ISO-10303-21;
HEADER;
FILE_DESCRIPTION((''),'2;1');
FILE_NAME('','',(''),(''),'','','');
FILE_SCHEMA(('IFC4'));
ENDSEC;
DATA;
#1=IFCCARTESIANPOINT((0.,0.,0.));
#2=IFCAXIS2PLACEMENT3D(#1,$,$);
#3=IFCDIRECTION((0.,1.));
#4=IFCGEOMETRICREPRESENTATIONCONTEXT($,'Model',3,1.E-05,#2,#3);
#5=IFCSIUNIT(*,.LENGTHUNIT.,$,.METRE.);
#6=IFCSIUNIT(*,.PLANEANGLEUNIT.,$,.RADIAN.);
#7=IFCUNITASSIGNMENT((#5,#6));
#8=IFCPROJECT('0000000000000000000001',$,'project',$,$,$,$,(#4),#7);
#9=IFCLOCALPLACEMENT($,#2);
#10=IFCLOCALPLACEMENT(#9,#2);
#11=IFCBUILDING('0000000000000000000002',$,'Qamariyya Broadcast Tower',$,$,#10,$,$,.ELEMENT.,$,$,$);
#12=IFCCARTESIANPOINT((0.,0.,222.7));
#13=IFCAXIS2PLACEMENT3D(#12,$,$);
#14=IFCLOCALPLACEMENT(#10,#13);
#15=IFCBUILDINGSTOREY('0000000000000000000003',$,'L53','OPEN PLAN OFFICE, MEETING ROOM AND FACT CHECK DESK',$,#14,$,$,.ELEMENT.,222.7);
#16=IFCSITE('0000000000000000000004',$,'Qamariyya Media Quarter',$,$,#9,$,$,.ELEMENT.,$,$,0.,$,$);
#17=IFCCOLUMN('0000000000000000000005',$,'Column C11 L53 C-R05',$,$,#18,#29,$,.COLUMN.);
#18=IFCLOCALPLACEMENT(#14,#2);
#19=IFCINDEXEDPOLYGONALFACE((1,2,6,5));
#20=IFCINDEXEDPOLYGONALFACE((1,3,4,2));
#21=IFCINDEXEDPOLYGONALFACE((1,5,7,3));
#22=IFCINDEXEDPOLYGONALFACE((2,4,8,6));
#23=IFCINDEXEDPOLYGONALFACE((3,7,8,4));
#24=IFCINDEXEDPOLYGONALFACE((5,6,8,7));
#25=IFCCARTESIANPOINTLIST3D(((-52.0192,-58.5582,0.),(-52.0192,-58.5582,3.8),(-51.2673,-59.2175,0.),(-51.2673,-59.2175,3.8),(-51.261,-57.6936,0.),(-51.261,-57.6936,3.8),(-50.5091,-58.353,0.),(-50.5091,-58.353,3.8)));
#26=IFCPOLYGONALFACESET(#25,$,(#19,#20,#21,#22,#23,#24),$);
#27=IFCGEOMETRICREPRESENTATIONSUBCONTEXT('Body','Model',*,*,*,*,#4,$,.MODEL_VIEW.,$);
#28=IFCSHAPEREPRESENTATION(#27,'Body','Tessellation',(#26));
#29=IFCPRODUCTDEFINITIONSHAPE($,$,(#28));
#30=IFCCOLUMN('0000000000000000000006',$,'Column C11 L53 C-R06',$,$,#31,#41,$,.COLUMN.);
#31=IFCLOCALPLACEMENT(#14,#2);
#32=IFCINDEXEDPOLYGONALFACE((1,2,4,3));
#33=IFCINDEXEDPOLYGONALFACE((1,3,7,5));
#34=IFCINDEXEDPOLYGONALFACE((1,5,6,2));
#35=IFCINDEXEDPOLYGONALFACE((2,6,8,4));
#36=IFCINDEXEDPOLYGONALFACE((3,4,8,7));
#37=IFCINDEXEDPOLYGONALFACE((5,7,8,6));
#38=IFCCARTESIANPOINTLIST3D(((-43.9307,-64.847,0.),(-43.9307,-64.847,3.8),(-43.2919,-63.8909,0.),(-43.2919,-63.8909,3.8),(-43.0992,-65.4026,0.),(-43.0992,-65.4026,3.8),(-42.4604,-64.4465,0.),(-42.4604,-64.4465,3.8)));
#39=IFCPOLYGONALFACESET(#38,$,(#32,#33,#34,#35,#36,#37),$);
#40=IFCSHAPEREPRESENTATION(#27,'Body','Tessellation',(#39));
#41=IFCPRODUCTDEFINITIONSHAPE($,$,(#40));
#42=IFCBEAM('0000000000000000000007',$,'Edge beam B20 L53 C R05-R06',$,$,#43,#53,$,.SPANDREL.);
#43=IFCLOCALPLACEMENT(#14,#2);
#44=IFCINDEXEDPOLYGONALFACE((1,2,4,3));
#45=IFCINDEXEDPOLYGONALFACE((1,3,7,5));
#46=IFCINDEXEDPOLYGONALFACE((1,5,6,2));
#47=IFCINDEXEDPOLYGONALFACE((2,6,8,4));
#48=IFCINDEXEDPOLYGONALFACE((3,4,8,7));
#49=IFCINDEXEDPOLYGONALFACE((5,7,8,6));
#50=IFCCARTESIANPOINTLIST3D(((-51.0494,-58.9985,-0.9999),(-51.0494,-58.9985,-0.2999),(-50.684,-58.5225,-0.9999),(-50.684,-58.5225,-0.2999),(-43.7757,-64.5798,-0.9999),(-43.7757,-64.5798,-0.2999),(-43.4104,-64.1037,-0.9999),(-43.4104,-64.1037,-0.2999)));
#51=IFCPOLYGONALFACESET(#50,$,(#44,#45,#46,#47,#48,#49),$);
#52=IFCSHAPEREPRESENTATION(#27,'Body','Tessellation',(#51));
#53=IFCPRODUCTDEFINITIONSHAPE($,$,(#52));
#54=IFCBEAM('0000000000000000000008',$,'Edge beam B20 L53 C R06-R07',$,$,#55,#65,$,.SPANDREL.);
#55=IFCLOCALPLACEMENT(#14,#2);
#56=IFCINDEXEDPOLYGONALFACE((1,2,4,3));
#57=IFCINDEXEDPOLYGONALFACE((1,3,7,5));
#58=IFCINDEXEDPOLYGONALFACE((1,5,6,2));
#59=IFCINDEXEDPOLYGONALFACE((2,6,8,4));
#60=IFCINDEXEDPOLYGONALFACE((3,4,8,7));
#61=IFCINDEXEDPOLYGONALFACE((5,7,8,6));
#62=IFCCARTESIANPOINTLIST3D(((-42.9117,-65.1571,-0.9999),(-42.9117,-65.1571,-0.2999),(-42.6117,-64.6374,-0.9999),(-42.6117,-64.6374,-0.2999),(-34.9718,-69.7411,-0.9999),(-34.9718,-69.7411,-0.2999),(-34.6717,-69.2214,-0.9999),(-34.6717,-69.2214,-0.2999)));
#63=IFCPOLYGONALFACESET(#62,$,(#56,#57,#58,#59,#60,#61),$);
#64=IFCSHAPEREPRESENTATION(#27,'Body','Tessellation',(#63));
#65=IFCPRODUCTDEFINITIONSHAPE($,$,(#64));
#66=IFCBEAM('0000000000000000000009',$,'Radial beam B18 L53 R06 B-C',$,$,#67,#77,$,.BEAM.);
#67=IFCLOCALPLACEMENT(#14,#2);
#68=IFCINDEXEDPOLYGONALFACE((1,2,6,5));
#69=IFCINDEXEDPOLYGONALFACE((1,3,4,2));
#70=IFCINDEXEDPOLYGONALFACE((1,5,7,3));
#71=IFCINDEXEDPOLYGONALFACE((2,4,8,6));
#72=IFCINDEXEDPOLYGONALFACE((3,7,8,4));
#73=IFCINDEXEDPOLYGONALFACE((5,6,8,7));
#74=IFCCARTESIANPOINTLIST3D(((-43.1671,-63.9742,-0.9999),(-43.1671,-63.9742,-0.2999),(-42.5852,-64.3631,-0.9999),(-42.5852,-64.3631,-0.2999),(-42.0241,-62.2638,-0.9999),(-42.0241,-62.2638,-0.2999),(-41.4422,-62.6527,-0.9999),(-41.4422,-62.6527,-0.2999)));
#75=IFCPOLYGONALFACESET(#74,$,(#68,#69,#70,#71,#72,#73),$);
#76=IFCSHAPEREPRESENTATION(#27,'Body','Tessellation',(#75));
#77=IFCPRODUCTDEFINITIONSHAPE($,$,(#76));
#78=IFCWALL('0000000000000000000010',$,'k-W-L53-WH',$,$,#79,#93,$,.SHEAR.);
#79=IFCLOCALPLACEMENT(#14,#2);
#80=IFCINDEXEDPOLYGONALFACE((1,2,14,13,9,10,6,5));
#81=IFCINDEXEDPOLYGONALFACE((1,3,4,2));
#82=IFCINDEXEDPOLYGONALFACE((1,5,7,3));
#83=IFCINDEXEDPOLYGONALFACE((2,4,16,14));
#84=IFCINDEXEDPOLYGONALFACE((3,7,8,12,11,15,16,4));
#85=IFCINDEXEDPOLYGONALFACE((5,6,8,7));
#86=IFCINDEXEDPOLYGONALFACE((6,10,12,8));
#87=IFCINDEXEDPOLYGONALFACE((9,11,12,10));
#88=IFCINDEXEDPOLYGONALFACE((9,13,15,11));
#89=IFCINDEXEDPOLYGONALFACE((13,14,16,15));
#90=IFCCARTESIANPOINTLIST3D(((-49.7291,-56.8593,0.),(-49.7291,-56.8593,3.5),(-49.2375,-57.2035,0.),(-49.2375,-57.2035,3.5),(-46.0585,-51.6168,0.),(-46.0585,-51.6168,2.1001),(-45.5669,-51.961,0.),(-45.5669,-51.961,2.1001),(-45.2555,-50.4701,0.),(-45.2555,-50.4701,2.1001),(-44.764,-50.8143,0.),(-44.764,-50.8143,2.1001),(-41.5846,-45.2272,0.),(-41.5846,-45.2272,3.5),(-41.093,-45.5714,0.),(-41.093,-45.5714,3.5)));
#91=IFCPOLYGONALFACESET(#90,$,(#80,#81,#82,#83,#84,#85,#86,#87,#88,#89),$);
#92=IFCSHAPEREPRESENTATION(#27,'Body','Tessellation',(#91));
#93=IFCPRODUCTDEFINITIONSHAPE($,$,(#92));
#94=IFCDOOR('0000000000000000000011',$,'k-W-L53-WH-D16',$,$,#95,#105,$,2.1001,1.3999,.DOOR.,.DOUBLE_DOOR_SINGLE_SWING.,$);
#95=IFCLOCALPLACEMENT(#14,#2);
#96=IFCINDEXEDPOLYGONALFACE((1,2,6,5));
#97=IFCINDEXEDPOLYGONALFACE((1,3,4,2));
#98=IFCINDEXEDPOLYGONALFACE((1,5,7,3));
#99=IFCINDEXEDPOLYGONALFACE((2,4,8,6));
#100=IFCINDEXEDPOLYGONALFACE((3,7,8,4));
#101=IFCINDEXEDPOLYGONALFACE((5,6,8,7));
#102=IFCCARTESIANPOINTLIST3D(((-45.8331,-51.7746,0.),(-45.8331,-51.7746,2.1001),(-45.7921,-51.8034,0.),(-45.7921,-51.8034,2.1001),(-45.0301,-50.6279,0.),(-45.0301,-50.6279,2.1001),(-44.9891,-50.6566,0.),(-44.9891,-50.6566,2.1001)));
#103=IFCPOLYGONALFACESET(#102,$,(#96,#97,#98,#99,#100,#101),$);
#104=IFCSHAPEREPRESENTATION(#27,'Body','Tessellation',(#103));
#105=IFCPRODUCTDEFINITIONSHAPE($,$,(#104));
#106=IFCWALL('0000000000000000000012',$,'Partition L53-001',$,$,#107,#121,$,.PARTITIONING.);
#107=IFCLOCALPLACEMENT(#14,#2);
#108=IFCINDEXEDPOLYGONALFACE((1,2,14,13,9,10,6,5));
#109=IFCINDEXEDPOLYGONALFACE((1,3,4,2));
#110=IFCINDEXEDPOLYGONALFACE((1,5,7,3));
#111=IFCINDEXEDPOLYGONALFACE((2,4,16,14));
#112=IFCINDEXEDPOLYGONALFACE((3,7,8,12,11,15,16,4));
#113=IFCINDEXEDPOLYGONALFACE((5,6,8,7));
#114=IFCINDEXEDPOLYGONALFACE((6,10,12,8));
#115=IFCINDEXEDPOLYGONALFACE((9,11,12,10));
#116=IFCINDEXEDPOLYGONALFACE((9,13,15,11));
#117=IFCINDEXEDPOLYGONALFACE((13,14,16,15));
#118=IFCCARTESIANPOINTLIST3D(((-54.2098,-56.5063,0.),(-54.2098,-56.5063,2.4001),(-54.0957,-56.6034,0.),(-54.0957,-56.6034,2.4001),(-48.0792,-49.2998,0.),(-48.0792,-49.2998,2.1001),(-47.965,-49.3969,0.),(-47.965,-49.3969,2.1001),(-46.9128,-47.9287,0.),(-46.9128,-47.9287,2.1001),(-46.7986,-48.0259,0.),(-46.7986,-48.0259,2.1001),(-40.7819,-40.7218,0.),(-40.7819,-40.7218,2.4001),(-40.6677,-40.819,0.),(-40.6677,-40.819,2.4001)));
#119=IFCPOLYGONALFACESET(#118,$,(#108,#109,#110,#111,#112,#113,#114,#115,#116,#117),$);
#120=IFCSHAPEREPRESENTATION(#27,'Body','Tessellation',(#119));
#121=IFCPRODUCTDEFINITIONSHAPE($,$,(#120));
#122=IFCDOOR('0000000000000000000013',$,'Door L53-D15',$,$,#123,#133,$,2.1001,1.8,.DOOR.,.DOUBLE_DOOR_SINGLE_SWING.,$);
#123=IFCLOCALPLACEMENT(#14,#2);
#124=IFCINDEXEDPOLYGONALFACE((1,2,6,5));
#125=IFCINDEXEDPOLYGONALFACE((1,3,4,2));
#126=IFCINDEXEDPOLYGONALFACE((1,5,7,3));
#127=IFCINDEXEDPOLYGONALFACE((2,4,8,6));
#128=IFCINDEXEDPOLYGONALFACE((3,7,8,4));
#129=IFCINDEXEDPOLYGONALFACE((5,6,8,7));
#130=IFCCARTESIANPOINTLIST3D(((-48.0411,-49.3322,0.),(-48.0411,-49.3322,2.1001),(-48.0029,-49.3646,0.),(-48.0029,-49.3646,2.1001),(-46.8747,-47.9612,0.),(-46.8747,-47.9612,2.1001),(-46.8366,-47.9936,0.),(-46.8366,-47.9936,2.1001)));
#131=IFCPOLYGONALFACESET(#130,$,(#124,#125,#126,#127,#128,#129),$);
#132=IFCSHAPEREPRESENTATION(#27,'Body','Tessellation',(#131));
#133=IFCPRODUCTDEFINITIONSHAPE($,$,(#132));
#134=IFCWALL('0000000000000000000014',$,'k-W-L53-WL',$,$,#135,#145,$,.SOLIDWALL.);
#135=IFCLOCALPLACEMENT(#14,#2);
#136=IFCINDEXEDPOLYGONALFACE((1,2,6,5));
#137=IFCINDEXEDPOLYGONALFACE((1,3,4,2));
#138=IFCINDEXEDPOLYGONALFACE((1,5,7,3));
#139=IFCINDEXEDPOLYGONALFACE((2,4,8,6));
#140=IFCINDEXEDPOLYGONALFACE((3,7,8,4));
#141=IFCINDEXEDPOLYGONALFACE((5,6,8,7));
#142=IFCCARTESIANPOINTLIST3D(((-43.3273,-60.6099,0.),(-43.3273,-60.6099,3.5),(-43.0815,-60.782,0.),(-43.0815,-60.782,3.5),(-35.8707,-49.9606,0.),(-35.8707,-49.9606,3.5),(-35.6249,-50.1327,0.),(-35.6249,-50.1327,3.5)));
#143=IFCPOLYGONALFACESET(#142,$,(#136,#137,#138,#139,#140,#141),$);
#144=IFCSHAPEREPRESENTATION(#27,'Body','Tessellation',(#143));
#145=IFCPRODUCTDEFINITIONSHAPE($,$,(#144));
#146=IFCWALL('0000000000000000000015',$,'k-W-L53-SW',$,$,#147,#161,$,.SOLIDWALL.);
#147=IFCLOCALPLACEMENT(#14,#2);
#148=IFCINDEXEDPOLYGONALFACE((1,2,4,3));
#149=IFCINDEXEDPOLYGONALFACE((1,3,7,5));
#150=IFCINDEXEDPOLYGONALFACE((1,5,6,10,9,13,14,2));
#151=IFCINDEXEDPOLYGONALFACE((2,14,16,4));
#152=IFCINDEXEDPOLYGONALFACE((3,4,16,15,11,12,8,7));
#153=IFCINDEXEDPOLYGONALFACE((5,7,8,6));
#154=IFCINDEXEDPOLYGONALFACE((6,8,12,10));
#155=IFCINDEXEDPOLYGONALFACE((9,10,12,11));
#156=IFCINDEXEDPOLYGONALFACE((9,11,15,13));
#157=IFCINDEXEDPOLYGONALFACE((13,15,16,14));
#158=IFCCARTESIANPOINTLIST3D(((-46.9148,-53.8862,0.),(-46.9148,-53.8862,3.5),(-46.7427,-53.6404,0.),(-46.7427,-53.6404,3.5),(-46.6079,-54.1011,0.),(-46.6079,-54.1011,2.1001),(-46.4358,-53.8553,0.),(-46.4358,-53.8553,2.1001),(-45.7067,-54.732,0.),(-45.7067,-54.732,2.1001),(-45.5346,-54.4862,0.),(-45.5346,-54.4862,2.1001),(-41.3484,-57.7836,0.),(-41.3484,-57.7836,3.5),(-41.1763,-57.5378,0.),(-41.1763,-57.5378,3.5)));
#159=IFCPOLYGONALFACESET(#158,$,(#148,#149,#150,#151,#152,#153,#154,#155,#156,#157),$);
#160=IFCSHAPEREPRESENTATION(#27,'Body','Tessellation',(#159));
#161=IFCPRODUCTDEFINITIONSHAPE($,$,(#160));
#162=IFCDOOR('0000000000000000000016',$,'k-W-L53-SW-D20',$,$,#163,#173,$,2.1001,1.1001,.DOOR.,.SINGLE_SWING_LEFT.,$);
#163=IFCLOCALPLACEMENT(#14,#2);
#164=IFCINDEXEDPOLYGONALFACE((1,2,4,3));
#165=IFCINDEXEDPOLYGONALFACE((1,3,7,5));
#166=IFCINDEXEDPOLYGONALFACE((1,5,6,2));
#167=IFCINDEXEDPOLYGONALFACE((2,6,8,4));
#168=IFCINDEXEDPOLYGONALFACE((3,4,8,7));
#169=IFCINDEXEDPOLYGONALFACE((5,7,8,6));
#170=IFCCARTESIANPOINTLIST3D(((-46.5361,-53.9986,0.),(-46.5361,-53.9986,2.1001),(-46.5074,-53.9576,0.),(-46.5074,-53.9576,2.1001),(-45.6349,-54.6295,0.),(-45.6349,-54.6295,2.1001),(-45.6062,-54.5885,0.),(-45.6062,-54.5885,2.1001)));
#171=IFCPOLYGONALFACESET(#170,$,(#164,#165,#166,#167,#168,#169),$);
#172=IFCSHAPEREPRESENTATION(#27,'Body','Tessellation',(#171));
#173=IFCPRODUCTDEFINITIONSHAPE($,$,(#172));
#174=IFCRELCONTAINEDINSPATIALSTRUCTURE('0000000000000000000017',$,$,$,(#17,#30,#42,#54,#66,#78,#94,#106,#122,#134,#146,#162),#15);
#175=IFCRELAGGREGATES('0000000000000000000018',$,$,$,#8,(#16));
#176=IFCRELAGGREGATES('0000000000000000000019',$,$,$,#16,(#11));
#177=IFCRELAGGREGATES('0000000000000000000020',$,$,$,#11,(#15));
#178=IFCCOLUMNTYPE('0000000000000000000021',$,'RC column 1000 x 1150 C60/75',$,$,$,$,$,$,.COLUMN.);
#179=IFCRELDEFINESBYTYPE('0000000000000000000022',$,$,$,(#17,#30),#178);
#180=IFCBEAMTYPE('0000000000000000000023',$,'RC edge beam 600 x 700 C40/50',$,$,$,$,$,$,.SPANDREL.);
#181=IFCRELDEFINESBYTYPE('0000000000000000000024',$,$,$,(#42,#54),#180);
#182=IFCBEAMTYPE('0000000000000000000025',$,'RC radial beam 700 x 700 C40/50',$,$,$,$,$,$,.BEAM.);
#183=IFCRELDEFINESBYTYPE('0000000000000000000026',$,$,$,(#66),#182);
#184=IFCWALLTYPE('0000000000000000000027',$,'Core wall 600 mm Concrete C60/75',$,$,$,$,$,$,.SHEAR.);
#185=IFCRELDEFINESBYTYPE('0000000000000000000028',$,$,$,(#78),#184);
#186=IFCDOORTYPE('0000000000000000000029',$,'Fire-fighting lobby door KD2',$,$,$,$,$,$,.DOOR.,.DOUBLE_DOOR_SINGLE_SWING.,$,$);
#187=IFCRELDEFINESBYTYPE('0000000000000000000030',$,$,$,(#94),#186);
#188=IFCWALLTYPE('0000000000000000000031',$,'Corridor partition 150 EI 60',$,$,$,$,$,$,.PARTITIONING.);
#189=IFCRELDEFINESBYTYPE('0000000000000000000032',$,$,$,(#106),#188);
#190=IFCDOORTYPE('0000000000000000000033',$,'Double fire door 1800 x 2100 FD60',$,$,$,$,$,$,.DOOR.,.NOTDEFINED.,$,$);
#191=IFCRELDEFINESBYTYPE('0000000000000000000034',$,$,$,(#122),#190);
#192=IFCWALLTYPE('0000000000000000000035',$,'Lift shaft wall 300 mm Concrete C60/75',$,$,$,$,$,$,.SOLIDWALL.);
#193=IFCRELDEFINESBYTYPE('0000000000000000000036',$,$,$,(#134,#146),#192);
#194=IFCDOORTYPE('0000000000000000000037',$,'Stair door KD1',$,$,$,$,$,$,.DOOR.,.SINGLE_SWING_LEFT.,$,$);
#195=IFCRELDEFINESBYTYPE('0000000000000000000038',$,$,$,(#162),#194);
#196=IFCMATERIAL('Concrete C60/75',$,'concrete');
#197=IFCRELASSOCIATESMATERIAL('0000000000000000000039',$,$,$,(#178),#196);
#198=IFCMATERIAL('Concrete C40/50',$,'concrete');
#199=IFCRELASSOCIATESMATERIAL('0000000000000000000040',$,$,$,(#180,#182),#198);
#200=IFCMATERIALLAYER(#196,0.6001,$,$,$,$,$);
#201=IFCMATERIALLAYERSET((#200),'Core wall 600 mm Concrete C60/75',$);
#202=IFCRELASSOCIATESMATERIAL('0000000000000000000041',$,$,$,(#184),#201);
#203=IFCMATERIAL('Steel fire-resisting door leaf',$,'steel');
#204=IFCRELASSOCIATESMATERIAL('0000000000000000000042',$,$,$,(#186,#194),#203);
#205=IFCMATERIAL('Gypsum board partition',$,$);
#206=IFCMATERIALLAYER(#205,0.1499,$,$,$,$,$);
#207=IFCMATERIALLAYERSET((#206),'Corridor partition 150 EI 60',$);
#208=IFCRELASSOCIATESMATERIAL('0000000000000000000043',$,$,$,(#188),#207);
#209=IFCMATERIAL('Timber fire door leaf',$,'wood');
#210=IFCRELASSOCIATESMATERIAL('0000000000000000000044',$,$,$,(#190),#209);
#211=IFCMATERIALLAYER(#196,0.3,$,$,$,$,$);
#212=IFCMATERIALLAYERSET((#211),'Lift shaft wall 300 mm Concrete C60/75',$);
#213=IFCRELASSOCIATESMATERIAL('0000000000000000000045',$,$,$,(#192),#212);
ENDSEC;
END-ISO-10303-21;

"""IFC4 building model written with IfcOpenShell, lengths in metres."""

from ifc_helpers import new_model, si_unit, direction, frame, frame_2d, origin, origin_2d, place, context, subcontext, project, spatial, rectangle, extrude, material, layer, layer_set, material_profile, profile_set, type_object, element, fill, save


model = new_model("IFC4")

# Units and contexts
model_context = context("Model", 3, precision=1e-05, world=origin(), true_north=direction((0.0, 1.0)))
body_context = subcontext(model_context, "Body", "Model", "MODEL_VIEW")
ifc_project = project(units=[si_unit("LENGTHUNIT", "METRE"), si_unit("PLANEANGLEUNIT", "RADIAN")], contexts=[model_context])

# Site, building, storey
site_placement = place(None, origin())
site = spatial("IfcSite", under=ifc_project, at=site_placement, Name="Qamariyya Media Quarter", CompositionType="ELEMENT", RefElevation=0.0)
building_placement = place(site_placement, origin())
building = spatial("IfcBuilding", under=site, at=building_placement, Name="Qamariyya Broadcast Tower", CompositionType="ELEMENT")
storey_placement = place(building_placement, frame((0.0, 0.0, 222.7)))
storey = spatial("IfcBuildingStorey", under=building, at=storey_placement, Name="L53", Description="OPEN PLAN OFFICE, MEETING ROOM AND FACT CHECK DESK", CompositionType="ELEMENT", Elevation=222.7)

# Columns
ifc_material_1 = material(Name="Concrete C60/75", Category="concrete")
ifc_material_profile_1 = material_profile(ifc_material_1, rectangle(XDim=1.0, YDim=1.1499, at=origin_2d()))
ifc_profile_set_1 = profile_set([ifc_material_profile_1], Name="Concrete C60/75")
column_type = type_object("IfcColumnType", Name="RC column 1000 x 1150 C60/75", PredefinedType="COLUMN", material=ifc_profile_set_1)
for number, where, z_axis, x_axis, name in (
    (1, (-51.2642, -58.4556, 0.0), (0.0, 0.0, 1.0), (0.75184, -0.659346, 0.0), "Column C11 L53 C-R05"),
    (2, (-43.1956, -64.6467, 0.0), (0.0, 0.0, 1.0), (0.83147, -0.55557, 0.0), "Column C11 L53 C-R06"),
):
    element("IfcColumn", number, at=place(storey_placement, frame(where, z_axis=z_axis, x_axis=x_axis)), inside=storey, type_object=column_type, Name=name, PredefinedType="COLUMN", context=body_context, shape_type="SweptSolid", body=[
        extrude(rectangle(XDim=1.0, YDim=1.1499, at=origin_2d()), origin(), (0.0, 0.0, 1.0), 3.8),
    ])

# Beams
ifc_material_2 = material(Name="Concrete C40/50", Category="concrete")
ifc_material_profile_2 = material_profile(ifc_material_2, rectangle(XDim=0.6001, YDim=0.7, at=origin_2d()))
ifc_profile_set_2 = profile_set([ifc_material_profile_2], Name="Concrete C40/50")
beam_type_1 = type_object("IfcBeamType", Name="RC edge beam 600 x 700 C40/50", PredefinedType="SPANDREL", material=ifc_profile_set_2)
for number, where, z_axis, x_axis, name in (
    (3, (-50.8667, -58.7605, -0.6499), (0.793353, -0.608762, 0.0), (0.608762, 0.793353, 0.0), "Edge beam B20 L53 C R05-R06"),
    (4, (-42.7617, -64.8972, -0.6499), (0.866032, -0.499988, 0.0), (0.499988, 0.866032, 0.0), "Edge beam B20 L53 C R06-R07"),
):
    element("IfcBeam", number, at=place(storey_placement, frame(where, z_axis=z_axis, x_axis=x_axis)), inside=storey, type_object=beam_type_1, Name=name, PredefinedType="SPANDREL", context=body_context, shape_type="SweptSolid", body=[
        extrude(rectangle(XDim=0.6001, YDim=0.7, at=origin_2d()), origin(), (0.0, 0.0, 1.0), 9.1682),
    ])
ifc_material_profile_3 = material_profile(ifc_material_2, rectangle(XDim=0.7, YDim=0.7, at=origin_2d()))
ifc_profile_set_3 = profile_set([ifc_material_profile_3], Name="Concrete C40/50")
beam_type_2 = type_object("IfcBeamType", Name="RC radial beam 700 x 700 C40/50", PredefinedType="BEAM", material=ifc_profile_set_3)
beam_placement = place(storey_placement, frame((-41.7332, -62.4583, -0.6499), z_axis=(-0.555631, -0.831429, 0.0), x_axis=(0.831429, -0.555631, 0.0)))
element("IfcBeam", 5, at=beam_placement, inside=storey, type_object=beam_type_2, Name="Radial beam B18 L53 R06 B-C", PredefinedType="BEAM", context=body_context, shape_type="SweptSolid", body=[
    extrude(rectangle(XDim=0.7, YDim=0.7, at=origin_2d()), origin(), (0.0, 0.0, 1.0), 2.0571),
])

# Walls, openings, doors
ifc_layer_1 = layer(ifc_material_1, 0.6001)
ifc_layer_set_1 = layer_set([ifc_layer_1], Name="Core wall 600 mm Concrete C60/75")
wall_type_1 = type_object("IfcWallType", Name="Core wall 600 mm Concrete C60/75", PredefinedType="SHEAR", material=ifc_layer_set_1)
wall_1_placement = place(storey_placement, frame((-49.4834, -57.0315, 0.0), z_axis=(0.0, 0.0, 1.0), x_axis=(0.57356, 0.819163, 0.0)))
wall_1 = element("IfcWall", 6, at=wall_1_placement, inside=storey, type_object=wall_type_1, Name="k-W-L53-WH", PredefinedType="SHEAR", context=body_context, shape_type="SweptSolid", body=[
    extrude(rectangle(XDim=14.2, YDim=0.6001, at=frame_2d((7.1001, 0.0))), origin(), (0.0, 0.0, 1.0), 3.5),
])
opening_1_placement = place(wall_1_placement, frame((6.3999, 0.0, 0.0)))
opening_1 = element("IfcOpeningElement", 7, at=opening_1_placement, cuts=wall_1, PredefinedType="OPENING", context=body_context, shape_type="SweptSolid", body=[
    extrude(rectangle(XDim=1.3999, YDim=2.1001, at=frame_2d((0.7, 1.05))), frame((0.0, 0.3101, 0.0), z_axis=(0.0, -1.0, 0.0), x_axis=(1.0, 0.0, 0.0)), (0.0, 0.0, 1.0), 0.6201),
])
ifc_material_3 = material(Name="Steel fire-resisting door leaf", Category="steel")
door_type_1 = type_object("IfcDoorType", Name="Fire-fighting lobby door KD2", OperationType="DOUBLE_DOOR_SINGLE_SWING", PredefinedType="DOOR", material=ifc_material_3)
door_1_placement = place(opening_1_placement, origin())
door_1 = element("IfcDoor", 8, at=door_1_placement, inside=storey, type_object=door_type_1, Name="k-W-L53-WH-D16", OperationType="DOUBLE_DOOR_SINGLE_SWING", OverallHeight=2.1001, OverallWidth=1.3999, PredefinedType="DOOR", context=body_context, shape_type="SweptSolid", body=[
    extrude(rectangle(XDim=1.3999, YDim=2.1001, at=frame_2d((0.7, 1.05))), frame((0.0, 0.0249, 0.0), z_axis=(0.0, -1.0, 0.0), x_axis=(1.0, 0.0, 0.0)), (0.0, 0.0, 1.0), 0.05),
])
fill(opening_1, door_1)
ifc_material_4 = material(Name="Gypsum board partition")
ifc_layer_2 = layer(ifc_material_4, 0.1499)
ifc_layer_set_2 = layer_set([ifc_layer_2], Name="Corridor partition 150 EI 60")
wall_type_2 = type_object("IfcWallType", Name="Corridor partition 150 EI 60", PredefinedType="PARTITIONING", material=ifc_layer_set_2)
wall_2_placement = place(storey_placement, frame((-54.1528, -56.5549, 0.0), z_axis=(0.0, 0.0, 1.0), x_axis=(0.647963, 0.761672, 0.0)))
wall_2 = element("IfcWall", 9, at=wall_2_placement, inside=storey, type_object=wall_type_2, Name="Partition L53-001", PredefinedType="PARTITIONING", context=body_context, shape_type="SweptSolid", body=[
    extrude(rectangle(XDim=20.7234, YDim=0.1499, at=frame_2d((10.3618, 0.0))), origin(), (0.0, 0.0, 1.0), 2.4001),
])
opening_2_placement = place(wall_2_placement, frame((9.4617, 0.0, 0.0)))
opening_2 = element("IfcOpeningElement", 10, at=opening_2_placement, cuts=wall_2, PredefinedType="OPENING", context=body_context, shape_type="SweptSolid", body=[
    extrude(rectangle(XDim=1.8, YDim=2.1001, at=frame_2d((0.8999, 1.05))), frame((0.0, 0.085, 0.0), z_axis=(0.0, -1.0, 0.0), x_axis=(1.0, 0.0, 0.0)), (0.0, 0.0, 1.0), 0.1699),
])
ifc_material_5 = material(Name="Timber fire door leaf", Category="wood")
door_type_2 = type_object("IfcDoorType", Name="Double fire door 1800 x 2100 FD60", OperationType="NOTDEFINED", PredefinedType="DOOR", material=ifc_material_5)
door_2_placement = place(opening_2_placement, origin())
door_2 = element("IfcDoor", 11, at=door_2_placement, inside=storey, type_object=door_type_2, Name="Door L53-D15", OperationType="DOUBLE_DOOR_SINGLE_SWING", OverallHeight=2.1001, OverallWidth=1.8, PredefinedType="DOOR", context=body_context, shape_type="SweptSolid", body=[
    extrude(rectangle(XDim=1.8, YDim=2.1001, at=frame_2d((0.8999, 1.05))), frame((0.0, 0.0249, 0.0), z_axis=(0.0, -1.0, 0.0), x_axis=(1.0, 0.0, 0.0)), (0.0, 0.0, 1.0), 0.05),
])
fill(opening_2, door_2)

# Wall
ifc_layer_3 = layer(ifc_material_1, 0.3)
ifc_layer_set_3 = layer_set([ifc_layer_3], Name="Lift shaft wall 300 mm Concrete C60/75")
wall_type_3 = type_object("IfcWallType", Name="Lift shaft wall 300 mm Concrete C60/75", PredefinedType="SOLIDWALL", material=ifc_layer_set_3)
wall_3_placement = place(storey_placement, frame((-43.2043, -60.6958, 0.0), z_axis=(0.0, 0.0, 1.0), x_axis=(0.573572, 0.819155, 0.0)))
element("IfcWall", 12, at=wall_3_placement, inside=storey, type_object=wall_type_3, Name="k-W-L53-WL", PredefinedType="SOLIDWALL", context=body_context, shape_type="SweptSolid", body=[
    extrude(rectangle(XDim=13.0002, YDim=0.3, at=frame_2d((6.5, 0.0))), origin(), (0.0, 0.0, 1.0), 3.5),
])

# Wall, opening, door
wall_4_placement = place(storey_placement, frame((-41.2625, -57.6606, 0.0), z_axis=(0.0, 0.0, 1.0), x_axis=(-0.819164, 0.573559, 0.0)))
wall_4 = element("IfcWall", 13, at=wall_4_placement, inside=storey, type_object=wall_type_3, Name="k-W-L53-SW", PredefinedType="SOLIDWALL", context=body_context, shape_type="SweptSolid", body=[
    extrude(rectangle(XDim=6.7952, YDim=0.3, at=frame_2d((3.3975, 0.0))), origin(), (0.0, 0.0, 1.0), 3.5),
])
opening_3_placement = place(wall_4_placement, frame((5.3203, 0.0, 0.0)))
opening_3 = element("IfcOpeningElement", 14, at=opening_3_placement, cuts=wall_4, PredefinedType="OPENING", context=body_context, shape_type="SweptSolid", body=[
    extrude(rectangle(XDim=1.1001, YDim=2.1001, at=frame_2d((0.55, 1.05))), frame((0.0, 0.1599, 0.0), z_axis=(0.0, -1.0, 0.0), x_axis=(1.0, 0.0, 0.0)), (0.0, 0.0, 1.0), 0.3201),
])
door_type_3 = type_object("IfcDoorType", Name="Stair door KD1", OperationType="SINGLE_SWING_LEFT", PredefinedType="DOOR", material=ifc_material_3)
door_3_placement = place(opening_3_placement, origin())
door_3 = element("IfcDoor", 15, at=door_3_placement, inside=storey, type_object=door_type_3, Name="k-W-L53-SW-D20", OperationType="SINGLE_SWING_LEFT", OverallHeight=2.1001, OverallWidth=1.1001, PredefinedType="DOOR", context=body_context, shape_type="SweptSolid", body=[
    extrude(rectangle(XDim=1.1001, YDim=2.1001, at=frame_2d((0.55, 1.05))), frame((0.0, 0.0249, 0.0), z_axis=(0.0, -1.0, 0.0), x_axis=(1.0, 0.0, 0.0)), (0.0, 0.0, 1.0), 0.05),
])
fill(opening_3, door_3)

save(model, "model.ifc")
